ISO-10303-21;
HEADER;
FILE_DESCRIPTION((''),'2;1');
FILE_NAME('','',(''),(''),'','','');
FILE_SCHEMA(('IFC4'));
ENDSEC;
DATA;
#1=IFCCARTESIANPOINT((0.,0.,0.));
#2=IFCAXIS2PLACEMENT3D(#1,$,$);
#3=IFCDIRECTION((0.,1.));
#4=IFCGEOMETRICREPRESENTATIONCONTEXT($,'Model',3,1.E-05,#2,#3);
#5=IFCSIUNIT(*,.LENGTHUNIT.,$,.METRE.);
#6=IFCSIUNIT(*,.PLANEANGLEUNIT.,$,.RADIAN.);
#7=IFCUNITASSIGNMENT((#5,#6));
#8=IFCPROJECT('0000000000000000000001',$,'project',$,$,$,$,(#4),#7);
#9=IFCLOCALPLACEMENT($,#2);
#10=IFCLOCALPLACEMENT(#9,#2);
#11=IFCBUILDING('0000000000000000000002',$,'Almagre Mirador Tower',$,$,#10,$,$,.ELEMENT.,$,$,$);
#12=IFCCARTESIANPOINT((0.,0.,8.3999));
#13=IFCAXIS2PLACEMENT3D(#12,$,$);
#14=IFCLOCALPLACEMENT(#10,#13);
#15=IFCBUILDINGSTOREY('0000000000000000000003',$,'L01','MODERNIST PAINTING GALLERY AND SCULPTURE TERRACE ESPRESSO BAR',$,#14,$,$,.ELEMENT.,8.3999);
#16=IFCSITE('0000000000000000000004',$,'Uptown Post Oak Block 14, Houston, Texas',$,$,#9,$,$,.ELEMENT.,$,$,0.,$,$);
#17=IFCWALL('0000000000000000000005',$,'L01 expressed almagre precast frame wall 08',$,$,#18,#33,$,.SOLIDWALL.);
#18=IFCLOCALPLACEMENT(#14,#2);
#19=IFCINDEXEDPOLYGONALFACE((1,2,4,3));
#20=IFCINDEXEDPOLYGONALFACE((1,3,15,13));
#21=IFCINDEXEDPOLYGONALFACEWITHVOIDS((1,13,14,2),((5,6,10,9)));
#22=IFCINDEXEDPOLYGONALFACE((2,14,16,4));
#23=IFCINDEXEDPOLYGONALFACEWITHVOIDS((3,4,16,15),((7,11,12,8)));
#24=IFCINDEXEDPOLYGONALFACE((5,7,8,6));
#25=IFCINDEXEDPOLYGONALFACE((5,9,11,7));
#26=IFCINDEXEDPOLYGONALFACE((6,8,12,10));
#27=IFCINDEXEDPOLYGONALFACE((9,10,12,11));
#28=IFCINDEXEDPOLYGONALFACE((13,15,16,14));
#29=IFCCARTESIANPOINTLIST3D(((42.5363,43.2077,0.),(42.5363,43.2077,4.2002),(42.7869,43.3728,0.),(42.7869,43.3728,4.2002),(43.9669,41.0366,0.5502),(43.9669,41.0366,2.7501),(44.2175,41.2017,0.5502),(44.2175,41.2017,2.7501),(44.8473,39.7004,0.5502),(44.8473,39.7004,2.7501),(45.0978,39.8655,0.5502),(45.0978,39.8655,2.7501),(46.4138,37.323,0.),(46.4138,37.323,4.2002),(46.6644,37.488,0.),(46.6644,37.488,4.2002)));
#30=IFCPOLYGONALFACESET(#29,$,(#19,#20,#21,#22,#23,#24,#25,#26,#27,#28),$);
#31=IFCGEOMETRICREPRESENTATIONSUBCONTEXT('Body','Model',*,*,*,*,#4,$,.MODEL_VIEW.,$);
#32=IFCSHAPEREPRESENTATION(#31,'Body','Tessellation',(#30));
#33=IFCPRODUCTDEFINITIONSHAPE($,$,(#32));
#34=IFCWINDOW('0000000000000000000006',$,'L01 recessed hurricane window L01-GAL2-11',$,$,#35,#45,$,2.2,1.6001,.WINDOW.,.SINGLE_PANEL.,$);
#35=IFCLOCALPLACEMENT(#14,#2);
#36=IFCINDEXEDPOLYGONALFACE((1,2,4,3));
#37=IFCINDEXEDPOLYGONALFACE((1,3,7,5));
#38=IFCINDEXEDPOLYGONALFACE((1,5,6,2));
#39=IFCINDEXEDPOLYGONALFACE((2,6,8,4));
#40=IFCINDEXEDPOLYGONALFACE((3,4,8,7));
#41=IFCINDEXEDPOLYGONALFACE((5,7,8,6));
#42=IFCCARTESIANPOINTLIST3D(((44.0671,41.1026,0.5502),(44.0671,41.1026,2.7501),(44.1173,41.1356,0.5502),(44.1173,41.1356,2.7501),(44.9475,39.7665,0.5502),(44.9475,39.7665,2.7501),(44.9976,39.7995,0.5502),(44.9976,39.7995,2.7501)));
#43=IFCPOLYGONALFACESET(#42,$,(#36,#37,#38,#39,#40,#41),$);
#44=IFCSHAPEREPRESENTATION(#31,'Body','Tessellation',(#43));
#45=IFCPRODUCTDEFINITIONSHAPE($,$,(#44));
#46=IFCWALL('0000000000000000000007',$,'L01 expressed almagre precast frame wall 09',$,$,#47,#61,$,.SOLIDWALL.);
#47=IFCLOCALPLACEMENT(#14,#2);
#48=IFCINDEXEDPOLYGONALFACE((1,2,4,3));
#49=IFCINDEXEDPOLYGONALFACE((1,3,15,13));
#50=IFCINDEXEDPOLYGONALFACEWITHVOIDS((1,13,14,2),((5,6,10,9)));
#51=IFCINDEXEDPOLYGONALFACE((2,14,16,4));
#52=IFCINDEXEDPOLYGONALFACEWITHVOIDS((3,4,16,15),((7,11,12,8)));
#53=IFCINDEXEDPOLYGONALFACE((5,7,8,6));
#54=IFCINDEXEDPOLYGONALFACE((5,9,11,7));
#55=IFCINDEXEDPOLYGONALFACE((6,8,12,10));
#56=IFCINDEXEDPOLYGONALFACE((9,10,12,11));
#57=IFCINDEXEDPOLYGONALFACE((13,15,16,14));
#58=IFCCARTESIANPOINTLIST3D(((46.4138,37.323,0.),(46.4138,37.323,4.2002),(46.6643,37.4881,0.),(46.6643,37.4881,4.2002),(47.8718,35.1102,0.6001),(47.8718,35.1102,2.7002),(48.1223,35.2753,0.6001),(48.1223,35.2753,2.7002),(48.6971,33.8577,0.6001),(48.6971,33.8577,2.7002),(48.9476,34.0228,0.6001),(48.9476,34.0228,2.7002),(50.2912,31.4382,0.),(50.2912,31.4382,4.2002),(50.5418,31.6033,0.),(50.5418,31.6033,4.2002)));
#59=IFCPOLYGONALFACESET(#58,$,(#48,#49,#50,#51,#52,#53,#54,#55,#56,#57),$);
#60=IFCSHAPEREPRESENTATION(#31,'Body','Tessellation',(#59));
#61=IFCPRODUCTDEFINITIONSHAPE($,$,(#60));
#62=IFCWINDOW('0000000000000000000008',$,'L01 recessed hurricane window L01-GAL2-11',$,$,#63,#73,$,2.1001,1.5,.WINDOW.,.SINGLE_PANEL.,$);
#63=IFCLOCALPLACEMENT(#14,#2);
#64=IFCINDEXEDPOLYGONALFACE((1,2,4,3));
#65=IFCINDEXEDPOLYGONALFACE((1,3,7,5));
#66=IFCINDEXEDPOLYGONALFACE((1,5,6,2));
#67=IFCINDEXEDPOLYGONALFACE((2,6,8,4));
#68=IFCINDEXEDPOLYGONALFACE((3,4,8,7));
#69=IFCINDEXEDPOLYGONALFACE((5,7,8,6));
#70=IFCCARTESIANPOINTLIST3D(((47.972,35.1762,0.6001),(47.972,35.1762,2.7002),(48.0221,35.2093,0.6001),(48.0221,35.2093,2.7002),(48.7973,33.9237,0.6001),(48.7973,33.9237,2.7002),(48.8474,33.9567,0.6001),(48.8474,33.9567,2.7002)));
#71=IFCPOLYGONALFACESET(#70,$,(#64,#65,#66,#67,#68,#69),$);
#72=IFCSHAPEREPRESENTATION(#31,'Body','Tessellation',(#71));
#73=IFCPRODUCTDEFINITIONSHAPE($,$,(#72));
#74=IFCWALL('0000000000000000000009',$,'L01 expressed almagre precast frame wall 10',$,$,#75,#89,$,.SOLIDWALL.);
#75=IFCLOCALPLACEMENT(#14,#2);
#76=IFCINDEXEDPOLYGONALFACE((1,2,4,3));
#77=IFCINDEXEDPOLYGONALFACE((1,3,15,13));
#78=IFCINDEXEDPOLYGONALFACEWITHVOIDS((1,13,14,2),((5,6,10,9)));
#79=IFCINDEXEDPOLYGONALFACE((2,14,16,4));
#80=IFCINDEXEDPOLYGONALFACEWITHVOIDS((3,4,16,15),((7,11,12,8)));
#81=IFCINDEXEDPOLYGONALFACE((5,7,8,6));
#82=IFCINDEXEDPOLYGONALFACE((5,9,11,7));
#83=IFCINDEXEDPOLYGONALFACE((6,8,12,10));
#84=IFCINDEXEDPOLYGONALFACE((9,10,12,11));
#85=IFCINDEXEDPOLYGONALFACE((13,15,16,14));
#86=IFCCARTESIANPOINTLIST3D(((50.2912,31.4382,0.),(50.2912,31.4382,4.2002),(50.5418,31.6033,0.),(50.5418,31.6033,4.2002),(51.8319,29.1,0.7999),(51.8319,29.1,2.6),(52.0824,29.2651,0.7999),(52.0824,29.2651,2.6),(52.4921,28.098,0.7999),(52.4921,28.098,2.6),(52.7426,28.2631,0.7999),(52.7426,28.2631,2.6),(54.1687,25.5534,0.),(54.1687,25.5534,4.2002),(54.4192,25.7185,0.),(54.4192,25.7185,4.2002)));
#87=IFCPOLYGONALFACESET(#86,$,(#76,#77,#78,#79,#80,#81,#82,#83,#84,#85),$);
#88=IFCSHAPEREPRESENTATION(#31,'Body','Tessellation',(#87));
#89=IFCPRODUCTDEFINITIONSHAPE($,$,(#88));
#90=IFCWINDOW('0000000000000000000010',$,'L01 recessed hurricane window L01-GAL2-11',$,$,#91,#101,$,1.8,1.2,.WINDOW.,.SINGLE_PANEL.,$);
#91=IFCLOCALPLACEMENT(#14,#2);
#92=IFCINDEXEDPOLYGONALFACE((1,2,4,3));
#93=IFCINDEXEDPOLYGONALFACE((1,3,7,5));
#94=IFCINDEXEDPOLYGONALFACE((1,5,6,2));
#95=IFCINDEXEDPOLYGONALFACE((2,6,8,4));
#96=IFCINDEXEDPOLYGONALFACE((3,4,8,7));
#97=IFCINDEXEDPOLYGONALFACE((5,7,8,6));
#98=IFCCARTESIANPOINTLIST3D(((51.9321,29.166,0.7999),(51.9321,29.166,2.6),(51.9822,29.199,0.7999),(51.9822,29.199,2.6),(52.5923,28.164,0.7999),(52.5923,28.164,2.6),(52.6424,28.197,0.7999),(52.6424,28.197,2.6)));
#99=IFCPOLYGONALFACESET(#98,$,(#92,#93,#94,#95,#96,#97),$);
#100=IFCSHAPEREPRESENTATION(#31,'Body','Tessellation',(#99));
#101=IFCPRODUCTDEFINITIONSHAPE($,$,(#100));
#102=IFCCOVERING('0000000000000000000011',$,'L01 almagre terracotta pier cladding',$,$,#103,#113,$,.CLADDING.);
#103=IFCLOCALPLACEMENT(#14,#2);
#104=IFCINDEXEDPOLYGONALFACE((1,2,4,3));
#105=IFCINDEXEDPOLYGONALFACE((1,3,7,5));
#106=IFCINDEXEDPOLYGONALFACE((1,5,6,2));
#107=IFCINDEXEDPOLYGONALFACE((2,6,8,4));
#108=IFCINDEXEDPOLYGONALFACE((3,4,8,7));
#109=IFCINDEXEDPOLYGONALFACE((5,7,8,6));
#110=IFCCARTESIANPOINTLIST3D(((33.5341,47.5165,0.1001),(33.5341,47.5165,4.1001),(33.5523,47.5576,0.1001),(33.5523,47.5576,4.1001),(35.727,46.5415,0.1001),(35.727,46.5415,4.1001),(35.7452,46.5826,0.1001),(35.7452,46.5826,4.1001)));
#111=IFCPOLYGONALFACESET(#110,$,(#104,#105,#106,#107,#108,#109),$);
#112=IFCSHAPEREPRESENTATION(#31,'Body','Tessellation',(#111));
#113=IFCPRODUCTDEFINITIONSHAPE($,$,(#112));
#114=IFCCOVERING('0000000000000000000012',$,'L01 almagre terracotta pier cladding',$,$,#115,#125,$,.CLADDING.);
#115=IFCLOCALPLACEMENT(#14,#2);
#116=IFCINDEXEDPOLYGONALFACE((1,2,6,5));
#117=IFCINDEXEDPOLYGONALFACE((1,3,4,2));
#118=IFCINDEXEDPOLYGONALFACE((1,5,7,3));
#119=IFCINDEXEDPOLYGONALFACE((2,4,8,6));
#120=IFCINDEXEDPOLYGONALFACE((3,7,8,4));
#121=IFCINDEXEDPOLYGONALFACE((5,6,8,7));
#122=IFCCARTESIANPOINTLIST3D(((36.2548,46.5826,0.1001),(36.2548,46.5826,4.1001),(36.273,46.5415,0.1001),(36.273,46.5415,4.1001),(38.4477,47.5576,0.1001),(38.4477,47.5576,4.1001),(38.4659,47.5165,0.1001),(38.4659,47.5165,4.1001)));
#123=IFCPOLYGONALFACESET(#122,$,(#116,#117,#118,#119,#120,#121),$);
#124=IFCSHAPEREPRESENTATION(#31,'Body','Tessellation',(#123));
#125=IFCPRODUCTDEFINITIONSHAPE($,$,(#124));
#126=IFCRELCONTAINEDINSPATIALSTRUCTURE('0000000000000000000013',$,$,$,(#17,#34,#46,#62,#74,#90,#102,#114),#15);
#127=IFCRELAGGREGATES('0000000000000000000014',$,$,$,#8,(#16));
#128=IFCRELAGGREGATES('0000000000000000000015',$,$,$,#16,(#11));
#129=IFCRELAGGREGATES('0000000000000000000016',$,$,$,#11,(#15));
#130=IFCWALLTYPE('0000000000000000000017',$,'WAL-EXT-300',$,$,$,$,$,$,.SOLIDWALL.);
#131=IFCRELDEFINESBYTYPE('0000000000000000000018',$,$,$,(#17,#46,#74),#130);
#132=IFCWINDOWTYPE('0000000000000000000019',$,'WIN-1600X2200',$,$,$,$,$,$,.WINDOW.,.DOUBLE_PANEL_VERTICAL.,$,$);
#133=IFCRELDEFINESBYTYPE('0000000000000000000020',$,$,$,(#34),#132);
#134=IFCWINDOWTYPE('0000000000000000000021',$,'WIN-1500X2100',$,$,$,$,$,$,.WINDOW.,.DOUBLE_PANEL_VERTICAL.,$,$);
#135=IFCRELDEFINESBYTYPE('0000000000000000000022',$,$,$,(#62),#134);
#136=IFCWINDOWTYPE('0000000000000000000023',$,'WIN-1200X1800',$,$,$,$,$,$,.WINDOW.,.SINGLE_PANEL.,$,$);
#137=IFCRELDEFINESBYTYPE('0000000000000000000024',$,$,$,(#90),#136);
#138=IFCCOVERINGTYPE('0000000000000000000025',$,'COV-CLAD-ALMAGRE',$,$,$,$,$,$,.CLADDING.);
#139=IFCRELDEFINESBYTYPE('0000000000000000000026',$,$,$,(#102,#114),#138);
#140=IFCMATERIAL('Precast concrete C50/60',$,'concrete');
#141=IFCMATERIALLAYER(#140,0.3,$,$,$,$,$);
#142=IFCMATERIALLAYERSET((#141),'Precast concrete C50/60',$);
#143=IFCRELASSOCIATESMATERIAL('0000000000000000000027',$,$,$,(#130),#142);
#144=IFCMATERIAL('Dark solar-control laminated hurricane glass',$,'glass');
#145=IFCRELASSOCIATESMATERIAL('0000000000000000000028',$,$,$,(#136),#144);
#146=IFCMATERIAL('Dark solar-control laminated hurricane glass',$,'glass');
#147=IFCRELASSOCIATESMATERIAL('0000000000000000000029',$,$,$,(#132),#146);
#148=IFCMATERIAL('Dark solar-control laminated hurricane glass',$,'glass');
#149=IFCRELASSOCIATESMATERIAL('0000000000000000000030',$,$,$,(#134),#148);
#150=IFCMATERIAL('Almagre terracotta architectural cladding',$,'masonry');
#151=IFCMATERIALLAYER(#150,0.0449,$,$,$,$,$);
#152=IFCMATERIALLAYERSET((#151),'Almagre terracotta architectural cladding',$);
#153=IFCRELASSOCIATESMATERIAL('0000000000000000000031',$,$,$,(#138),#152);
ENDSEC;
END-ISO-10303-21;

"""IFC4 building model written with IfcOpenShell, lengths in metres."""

from ifc_helpers import new_model, si_unit, direction, frame, frame_2d, origin, origin_2d, place, context, subcontext, project, spatial, rectangle, extrude, material, layer, layer_set, type_object, element, fill, save


model = new_model("IFC4")

# Units and contexts
model_context = context("Model", 3, precision=1e-05, world=origin(), true_north=direction((0.0, 1.0)))
body_context = subcontext(model_context, "Body", "Model", "MODEL_VIEW")
ifc_project = project(units=[si_unit("LENGTHUNIT", "METRE"), si_unit("PLANEANGLEUNIT", "RADIAN")], contexts=[model_context])

# Site, building, storey
site_placement = place(None, origin())
site = spatial("IfcSite", under=ifc_project, at=site_placement, Name="Uptown Post Oak Block 14, Houston, Texas", CompositionType="ELEMENT", RefElevation=0.0)
building_placement = place(site_placement, origin())
building = spatial("IfcBuilding", under=site, at=building_placement, Name="Almagre Mirador Tower", CompositionType="ELEMENT")
storey_placement = place(building_placement, frame((0.0, 0.0, 8.3999)))
storey = spatial("IfcBuildingStorey", under=building, at=storey_placement, Name="L01", Description="MODERNIST PAINTING GALLERY AND SCULPTURE TERRACE ESPRESSO BAR", CompositionType="ELEMENT", Elevation=8.3999)

# Shared definitions
ifc_material_1 = material(Name="Precast concrete C50/60", Category="concrete")
ifc_layer_1 = layer(ifc_material_1, 0.3)
ifc_layer_set_1 = layer_set([ifc_layer_1], Name="Precast concrete C50/60")
wall_type = type_object("IfcWallType", Name="WAL-EXT-300", PredefinedType="SOLIDWALL", material=ifc_layer_set_1)

# Shared definitions
ifc_material_2 = material(Name="Dark solar-control laminated hurricane glass", Category="glass")
window_type_1 = type_object("IfcWindowType", Name="WIN-1200X1800", PartitioningType="SINGLE_PANEL", PredefinedType="WINDOW", material=ifc_material_2)

# Walls, openings, windows
wall_1_placement = place(storey_placement, frame((42.6616, 43.2903, 0.0), z_axis=(0.0, 0.0, 1.0), x_axis=(0.550199, -0.835033, 0.0)))
wall_1 = element("IfcWall", 1, at=wall_1_placement, inside=storey, type_object=wall_type, Name="L01 expressed almagre precast frame wall 08", PredefinedType="SOLIDWALL", context=body_context, shape_type="SweptSolid", body=[
    extrude(rectangle(XDim=7.0474, YDim=0.3, at=frame_2d((3.5237, 0.0))), origin(), (0.0, 0.0, 1.0), 4.2002),
])
opening_1_placement = place(wall_1_placement, frame((2.6001, 0.0, 0.55)))
opening_1 = element("IfcOpeningElement", 2, at=opening_1_placement, cuts=wall_1, PredefinedType="OPENING", context=body_context, shape_type="SweptSolid", body=[
    extrude(rectangle(XDim=1.6001, YDim=2.2, at=frame_2d((0.8, 1.1001))), frame((0.0, 0.1599, 0.0), z_axis=(0.0, -1.0, 0.0), x_axis=(1.0, 0.0, 0.0)), (0.0, 0.0, 1.0), 0.32),
])
ifc_material_3 = material(Name="Dark solar-control laminated hurricane glass", Category="glass")
window_type_2 = type_object("IfcWindowType", Name="WIN-1600X2200", PartitioningType="DOUBLE_PANEL_VERTICAL", PredefinedType="WINDOW", material=ifc_material_3)
window_1_placement = place(opening_1_placement, origin())
window_1 = element("IfcWindow", 3, at=window_1_placement, inside=storey, type_object=window_type_2, Name="L01 recessed hurricane window L01-GAL2-11", OverallHeight=2.2, OverallWidth=1.6001, PartitioningType="SINGLE_PANEL", PredefinedType="WINDOW", context=body_context, shape_type="SweptSolid", body=[
    extrude(rectangle(XDim=1.6001, YDim=2.2, at=frame_2d((0.8, 1.1001))), frame((0.0, 0.03, 0.0), z_axis=(0.0, -1.0, 0.0), x_axis=(1.0, 0.0, 0.0)), (0.0, 0.0, 1.0), 0.0601),
])
fill(opening_1, window_1)
wall_2_placement = place(storey_placement, frame((46.5391, 37.4055, 0.0), z_axis=(0.0, 0.0, 1.0), x_axis=(0.550199, -0.835033, 0.0)))
wall_2 = element("IfcWall", 4, at=wall_2_placement, inside=storey, type_object=wall_type, Name="L01 expressed almagre precast frame wall 09", PredefinedType="SOLIDWALL", context=body_context, shape_type="SweptSolid", body=[
    extrude(rectangle(XDim=7.0474, YDim=0.3, at=frame_2d((3.5237, 0.0))), origin(), (0.0, 0.0, 1.0), 4.2002),
])
opening_2_placement = place(wall_2_placement, frame((2.6499, 0.0, 0.6001)))
opening_2 = element("IfcOpeningElement", 5, at=opening_2_placement, cuts=wall_2, PredefinedType="OPENING", context=body_context, shape_type="SweptSolid", body=[
    extrude(rectangle(XDim=1.5, YDim=2.1001, at=frame_2d((0.75, 1.05))), frame((0.0, 0.1599, 0.0), z_axis=(0.0, -1.0, 0.0), x_axis=(1.0, 0.0, 0.0)), (0.0, 0.0, 1.0), 0.32),
])
ifc_material_4 = material(Name="Dark solar-control laminated hurricane glass", Category="glass")
window_type_3 = type_object("IfcWindowType", Name="WIN-1500X2100", PartitioningType="DOUBLE_PANEL_VERTICAL", PredefinedType="WINDOW", material=ifc_material_4)
window_2_placement = place(opening_2_placement, origin())
window_2 = element("IfcWindow", 6, at=window_2_placement, inside=storey, type_object=window_type_3, Name="L01 recessed hurricane window L01-GAL2-11", OverallHeight=2.1001, OverallWidth=1.5, PartitioningType="SINGLE_PANEL", PredefinedType="WINDOW", context=body_context, shape_type="SweptSolid", body=[
    extrude(rectangle(XDim=1.5, YDim=2.1001, at=frame_2d((0.75, 1.05))), frame((0.0, 0.03, 0.0), z_axis=(0.0, -1.0, 0.0), x_axis=(1.0, 0.0, 0.0)), (0.0, 0.0, 1.0), 0.0601),
])
fill(opening_2, window_2)
wall_3_placement = place(storey_placement, frame((50.4165, 31.5208, 0.0), z_axis=(0.0, 0.0, 1.0), x_axis=(0.550199, -0.835033, 0.0)))
wall_3 = element("IfcWall", 7, at=wall_3_placement, inside=storey, type_object=wall_type, Name="L01 expressed almagre precast frame wall 10", PredefinedType="SOLIDWALL", context=body_context, shape_type="SweptSolid", body=[
    extrude(rectangle(XDim=7.0474, YDim=0.3, at=frame_2d((3.5237, 0.0))), origin(), (0.0, 0.0, 1.0), 4.2002),
])
opening_3_placement = place(wall_3_placement, frame((2.8, 0.0, 0.8)))
opening_3 = element("IfcOpeningElement", 8, at=opening_3_placement, cuts=wall_3, PredefinedType="OPENING", context=body_context, shape_type="SweptSolid", body=[
    extrude(rectangle(XDim=1.2, YDim=1.8, at=frame_2d((0.6001, 0.8999))), frame((0.0, 0.1599, 0.0), z_axis=(0.0, -1.0, 0.0), x_axis=(1.0, 0.0, 0.0)), (0.0, 0.0, 1.0), 0.32),
])
window_3_placement = place(opening_3_placement, origin())
window_3 = element("IfcWindow", 9, at=window_3_placement, inside=storey, type_object=window_type_1, Name="L01 recessed hurricane window L01-GAL2-11", OverallHeight=1.8, OverallWidth=1.2, PartitioningType="SINGLE_PANEL", PredefinedType="WINDOW", context=body_context, shape_type="SweptSolid", body=[
    extrude(rectangle(XDim=1.2, YDim=1.8, at=frame_2d((0.6001, 0.8999))), frame((0.0, 0.03, 0.0), z_axis=(0.0, -1.0, 0.0), x_axis=(1.0, 0.0, 0.0)), (0.0, 0.0, 1.0), 0.0601),
])
fill(opening_3, window_3)

# Coverings
ifc_material_5 = material(Name="Almagre terracotta architectural cladding", Category="masonry")
ifc_layer_2 = layer(ifc_material_5, 0.0449)
ifc_layer_set_2 = layer_set([ifc_layer_2], Name="Almagre terracotta architectural cladding")
covering_type = type_object("IfcCoveringType", Name="COV-CLAD-ALMAGRE", PredefinedType="CLADDING", material=ifc_layer_set_2)
for number, where, z_axis, x_axis, name in (
    (10, (34.6396, 47.0496, 0.1001), (0.0, 0.0, 1.0), (0.913751, -0.406274, 0.0), "L01 almagre terracotta pier cladding"),
    (11, (37.3604, 47.0496, 0.1001), (0.0, 0.0, 1.0), (0.913751, 0.406274, 0.0), "L01 almagre terracotta pier cladding"),
):
    element("IfcCovering", number, at=place(storey_placement, frame(where, z_axis=z_axis, x_axis=x_axis)), inside=storey, type_object=covering_type, Name=name, PredefinedType="CLADDING", context=body_context, shape_type="SweptSolid", body=[
        extrude(rectangle(XDim=2.3999, YDim=0.0449, at=origin_2d()), origin(), (0.0, 0.0, 1.0), 4.0),
    ])

save(model, "model.ifc")
